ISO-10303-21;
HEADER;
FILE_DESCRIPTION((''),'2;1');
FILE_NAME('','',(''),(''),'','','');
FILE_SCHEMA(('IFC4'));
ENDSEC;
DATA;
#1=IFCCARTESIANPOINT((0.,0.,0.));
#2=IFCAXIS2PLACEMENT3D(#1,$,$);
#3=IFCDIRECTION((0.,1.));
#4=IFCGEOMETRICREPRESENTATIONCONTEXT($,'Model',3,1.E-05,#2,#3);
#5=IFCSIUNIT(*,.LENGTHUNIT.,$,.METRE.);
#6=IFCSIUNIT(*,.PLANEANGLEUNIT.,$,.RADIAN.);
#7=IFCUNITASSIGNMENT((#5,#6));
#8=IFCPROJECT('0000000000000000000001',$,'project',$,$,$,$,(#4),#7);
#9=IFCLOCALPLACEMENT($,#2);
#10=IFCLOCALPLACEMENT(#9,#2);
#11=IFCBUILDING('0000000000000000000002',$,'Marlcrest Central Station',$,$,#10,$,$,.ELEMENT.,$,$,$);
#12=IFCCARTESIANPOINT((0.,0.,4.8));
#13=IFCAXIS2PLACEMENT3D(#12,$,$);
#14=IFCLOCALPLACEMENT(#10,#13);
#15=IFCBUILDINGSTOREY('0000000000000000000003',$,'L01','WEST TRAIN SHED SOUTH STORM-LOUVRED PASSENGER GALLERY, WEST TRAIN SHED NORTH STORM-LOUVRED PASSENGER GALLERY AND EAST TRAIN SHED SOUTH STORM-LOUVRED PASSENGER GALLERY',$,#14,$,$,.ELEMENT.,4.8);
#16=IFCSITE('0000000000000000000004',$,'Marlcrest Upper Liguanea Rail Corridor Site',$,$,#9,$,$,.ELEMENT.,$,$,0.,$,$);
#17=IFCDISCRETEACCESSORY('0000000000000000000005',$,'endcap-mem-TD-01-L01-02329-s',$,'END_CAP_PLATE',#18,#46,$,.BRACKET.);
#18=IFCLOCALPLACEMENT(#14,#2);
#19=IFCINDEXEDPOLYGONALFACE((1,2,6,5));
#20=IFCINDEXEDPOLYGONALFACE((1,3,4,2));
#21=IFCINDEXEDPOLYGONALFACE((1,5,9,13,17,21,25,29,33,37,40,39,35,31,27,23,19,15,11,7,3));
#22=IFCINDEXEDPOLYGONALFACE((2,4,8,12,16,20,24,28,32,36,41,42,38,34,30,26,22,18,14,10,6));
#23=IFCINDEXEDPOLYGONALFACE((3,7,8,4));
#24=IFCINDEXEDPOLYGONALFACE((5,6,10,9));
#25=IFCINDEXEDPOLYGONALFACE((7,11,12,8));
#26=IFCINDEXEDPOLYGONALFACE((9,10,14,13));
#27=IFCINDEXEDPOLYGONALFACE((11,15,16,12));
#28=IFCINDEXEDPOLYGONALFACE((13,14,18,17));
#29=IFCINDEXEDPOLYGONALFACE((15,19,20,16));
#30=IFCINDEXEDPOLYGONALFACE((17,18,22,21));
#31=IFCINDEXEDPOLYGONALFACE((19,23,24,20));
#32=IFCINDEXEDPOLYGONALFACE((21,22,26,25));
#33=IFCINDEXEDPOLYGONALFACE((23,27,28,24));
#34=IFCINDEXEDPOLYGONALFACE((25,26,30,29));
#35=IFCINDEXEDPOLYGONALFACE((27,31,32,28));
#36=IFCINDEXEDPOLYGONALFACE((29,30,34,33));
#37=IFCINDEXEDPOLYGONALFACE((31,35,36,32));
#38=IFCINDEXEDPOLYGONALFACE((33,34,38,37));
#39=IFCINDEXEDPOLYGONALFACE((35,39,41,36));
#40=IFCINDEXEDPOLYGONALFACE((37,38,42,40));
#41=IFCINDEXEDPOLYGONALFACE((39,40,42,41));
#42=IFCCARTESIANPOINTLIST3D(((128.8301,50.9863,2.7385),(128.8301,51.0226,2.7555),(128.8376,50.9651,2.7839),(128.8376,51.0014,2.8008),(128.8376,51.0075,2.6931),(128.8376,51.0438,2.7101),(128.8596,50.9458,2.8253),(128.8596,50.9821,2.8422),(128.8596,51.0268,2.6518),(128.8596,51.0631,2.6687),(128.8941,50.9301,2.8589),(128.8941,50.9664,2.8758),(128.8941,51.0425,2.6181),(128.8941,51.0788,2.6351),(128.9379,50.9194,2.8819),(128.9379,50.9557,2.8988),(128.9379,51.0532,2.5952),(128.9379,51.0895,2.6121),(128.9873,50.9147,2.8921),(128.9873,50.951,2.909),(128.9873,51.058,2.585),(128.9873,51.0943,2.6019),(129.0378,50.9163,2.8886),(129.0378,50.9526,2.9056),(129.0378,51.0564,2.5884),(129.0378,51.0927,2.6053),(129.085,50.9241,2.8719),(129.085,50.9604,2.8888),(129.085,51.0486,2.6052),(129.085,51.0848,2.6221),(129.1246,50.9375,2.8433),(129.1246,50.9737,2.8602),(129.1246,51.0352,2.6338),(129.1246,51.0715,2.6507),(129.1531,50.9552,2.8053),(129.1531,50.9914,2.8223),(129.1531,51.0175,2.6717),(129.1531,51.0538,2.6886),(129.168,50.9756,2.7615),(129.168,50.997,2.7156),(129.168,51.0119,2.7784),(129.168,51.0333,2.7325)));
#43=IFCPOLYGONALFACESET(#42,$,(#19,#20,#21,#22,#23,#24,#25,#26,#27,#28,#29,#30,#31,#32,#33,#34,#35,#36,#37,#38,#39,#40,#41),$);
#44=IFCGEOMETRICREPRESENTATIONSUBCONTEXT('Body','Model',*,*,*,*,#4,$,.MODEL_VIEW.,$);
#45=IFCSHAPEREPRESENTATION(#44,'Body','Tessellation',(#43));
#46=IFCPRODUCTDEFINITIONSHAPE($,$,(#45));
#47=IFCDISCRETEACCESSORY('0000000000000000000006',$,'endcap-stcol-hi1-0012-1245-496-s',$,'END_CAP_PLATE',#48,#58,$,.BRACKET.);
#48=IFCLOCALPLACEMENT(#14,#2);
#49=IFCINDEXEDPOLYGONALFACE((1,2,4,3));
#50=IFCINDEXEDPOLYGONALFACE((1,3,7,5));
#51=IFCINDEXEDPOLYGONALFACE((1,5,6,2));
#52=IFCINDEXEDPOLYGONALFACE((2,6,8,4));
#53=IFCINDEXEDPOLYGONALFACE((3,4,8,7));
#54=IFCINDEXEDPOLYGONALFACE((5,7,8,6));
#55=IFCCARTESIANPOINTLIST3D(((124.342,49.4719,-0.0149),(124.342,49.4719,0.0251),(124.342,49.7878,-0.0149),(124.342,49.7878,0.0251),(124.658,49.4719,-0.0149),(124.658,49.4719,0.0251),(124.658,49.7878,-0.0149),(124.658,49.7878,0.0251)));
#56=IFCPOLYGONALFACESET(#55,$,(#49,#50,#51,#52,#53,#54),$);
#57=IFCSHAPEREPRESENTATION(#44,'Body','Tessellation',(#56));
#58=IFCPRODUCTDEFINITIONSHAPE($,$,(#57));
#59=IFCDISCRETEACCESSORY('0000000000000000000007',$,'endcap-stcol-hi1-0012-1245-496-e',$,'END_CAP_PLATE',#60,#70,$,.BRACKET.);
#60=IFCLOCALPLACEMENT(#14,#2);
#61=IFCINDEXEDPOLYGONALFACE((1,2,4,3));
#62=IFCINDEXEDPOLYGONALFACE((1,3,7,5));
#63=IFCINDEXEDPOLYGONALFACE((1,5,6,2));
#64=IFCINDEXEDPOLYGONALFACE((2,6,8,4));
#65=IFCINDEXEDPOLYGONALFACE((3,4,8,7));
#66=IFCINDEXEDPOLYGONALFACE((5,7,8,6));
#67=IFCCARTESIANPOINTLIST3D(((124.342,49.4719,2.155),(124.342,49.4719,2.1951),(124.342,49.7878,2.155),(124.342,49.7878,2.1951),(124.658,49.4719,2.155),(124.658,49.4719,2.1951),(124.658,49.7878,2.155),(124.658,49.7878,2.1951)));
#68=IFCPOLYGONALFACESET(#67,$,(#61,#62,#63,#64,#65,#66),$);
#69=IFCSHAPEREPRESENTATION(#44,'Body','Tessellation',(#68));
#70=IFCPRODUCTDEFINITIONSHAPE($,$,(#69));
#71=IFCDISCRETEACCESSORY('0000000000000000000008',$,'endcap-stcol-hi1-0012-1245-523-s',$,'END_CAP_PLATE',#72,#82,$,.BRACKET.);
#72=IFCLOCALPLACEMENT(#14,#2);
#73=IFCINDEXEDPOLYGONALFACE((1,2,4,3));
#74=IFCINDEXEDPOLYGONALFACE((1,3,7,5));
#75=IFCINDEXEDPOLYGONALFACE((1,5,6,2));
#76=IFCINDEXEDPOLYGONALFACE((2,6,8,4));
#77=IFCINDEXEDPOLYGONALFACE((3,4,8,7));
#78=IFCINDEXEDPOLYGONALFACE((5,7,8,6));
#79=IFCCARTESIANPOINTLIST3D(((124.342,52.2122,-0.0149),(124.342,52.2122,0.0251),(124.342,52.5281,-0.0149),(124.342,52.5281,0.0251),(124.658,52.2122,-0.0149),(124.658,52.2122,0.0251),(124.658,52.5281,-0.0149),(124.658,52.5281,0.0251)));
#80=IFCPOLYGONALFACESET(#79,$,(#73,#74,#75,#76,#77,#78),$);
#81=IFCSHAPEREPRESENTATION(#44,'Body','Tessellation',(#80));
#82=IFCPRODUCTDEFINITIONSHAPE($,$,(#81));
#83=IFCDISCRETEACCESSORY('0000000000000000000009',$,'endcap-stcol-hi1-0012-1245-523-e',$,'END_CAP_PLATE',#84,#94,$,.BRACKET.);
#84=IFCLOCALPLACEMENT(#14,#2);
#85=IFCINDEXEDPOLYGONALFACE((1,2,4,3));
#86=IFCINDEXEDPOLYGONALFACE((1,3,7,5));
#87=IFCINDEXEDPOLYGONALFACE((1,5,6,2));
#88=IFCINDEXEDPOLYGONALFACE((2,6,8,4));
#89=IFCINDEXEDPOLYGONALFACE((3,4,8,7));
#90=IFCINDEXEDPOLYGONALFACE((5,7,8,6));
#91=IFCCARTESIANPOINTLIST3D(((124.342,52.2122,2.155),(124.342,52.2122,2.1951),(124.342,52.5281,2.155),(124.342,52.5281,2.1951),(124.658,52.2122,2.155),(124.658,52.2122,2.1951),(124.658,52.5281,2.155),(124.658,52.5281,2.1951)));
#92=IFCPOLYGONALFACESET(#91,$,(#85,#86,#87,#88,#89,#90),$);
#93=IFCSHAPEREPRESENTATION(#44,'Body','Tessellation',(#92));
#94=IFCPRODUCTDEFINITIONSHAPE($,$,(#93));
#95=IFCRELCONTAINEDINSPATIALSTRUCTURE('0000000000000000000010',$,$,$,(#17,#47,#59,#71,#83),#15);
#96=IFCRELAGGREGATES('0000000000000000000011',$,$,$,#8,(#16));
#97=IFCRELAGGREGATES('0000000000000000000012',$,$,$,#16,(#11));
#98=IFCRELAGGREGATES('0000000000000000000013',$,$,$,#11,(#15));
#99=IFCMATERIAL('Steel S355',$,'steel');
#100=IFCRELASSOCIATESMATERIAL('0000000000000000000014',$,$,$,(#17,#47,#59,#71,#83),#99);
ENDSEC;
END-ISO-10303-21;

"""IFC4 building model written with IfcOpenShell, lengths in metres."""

from ifc_helpers import new_model, si_unit, direction, frame, origin, origin_2d, place, context, subcontext, project, spatial, rectangle, circle, extrude, material, element, save


model = new_model("IFC4")

# Units and contexts
model_context = context("Model", 3, precision=1e-05, world=origin(), true_north=direction((0.0, 1.0)))
body_context = subcontext(model_context, "Body", "Model", "MODEL_VIEW")
ifc_project = project(units=[si_unit("LENGTHUNIT", "METRE"), si_unit("PLANEANGLEUNIT", "RADIAN")], contexts=[model_context])

# Site, building, storey
site_placement = place(None, origin())
site = spatial("IfcSite", under=ifc_project, at=site_placement, Name="Marlcrest Upper Liguanea Rail Corridor Site", CompositionType="ELEMENT", RefElevation=0.0)
building_placement = place(site_placement, origin())
building = spatial("IfcBuilding", under=site, at=building_placement, Name="Marlcrest Central Station", CompositionType="ELEMENT")
storey_placement = place(building_placement, frame((0.0, 0.0, 4.8)))
storey = spatial("IfcBuildingStorey", under=building, at=storey_placement, Name="L01", Description="WEST TRAIN SHED SOUTH STORM-LOUVRED PASSENGER GALLERY, WEST TRAIN SHED NORTH STORM-LOUVRED PASSENGER GALLERY AND EAST TRAIN SHED SOUTH STORM-LOUVRED PASSENGER GALLERY", CompositionType="ELEMENT", Elevation=4.8)

# Shared definitions
ifc_material = material(Name="Steel S355", Category="steel")

# Discrete accessories
for number, where, z_axis, x_axis, name in (
    (1, (129.0, 50.9863, 2.7385), (0.0, 0.906183, 0.422885), (-1.0, 0.0, 0.0), "endcap-mem-TD-01-L01-02329-s"),
):
    element("IfcDiscreteAccessory", number, at=place(storey_placement, frame(where, z_axis=z_axis, x_axis=x_axis)), inside=storey, material=ifc_material, Name=name, ObjectType="END_CAP_PLATE", PredefinedType="BRACKET", context=body_context, shape_type="SweptSolid", body=[
        extrude(circle(Radius=0.1699, at=origin_2d()), origin(), (0.0, 0.0, 1.0), 0.04),
    ])
for number, where, z_axis, x_axis, name in (
    (2, (124.5, 49.6299, -0.0149), (0.0, 0.0, 1.0), (1.0, 0.0, 0.0), "endcap-stcol-hi1-0012-1245-496-s"),
    (3, (124.5, 49.6299, 2.155), (0.0, 0.0, 1.0), (1.0, 0.0, 0.0), "endcap-stcol-hi1-0012-1245-496-e"),
    (4, (124.5, 52.3701, -0.0149), (0.0, 0.0, 1.0), (1.0, 0.0, 0.0), "endcap-stcol-hi1-0012-1245-523-s"),
    (5, (124.5, 52.3701, 2.155), (0.0, 0.0, 1.0), (1.0, 0.0, 0.0), "endcap-stcol-hi1-0012-1245-523-e"),
):
    element("IfcDiscreteAccessory", number, at=place(storey_placement, frame(where, z_axis=z_axis, x_axis=x_axis)), inside=storey, material=ifc_material, Name=name, ObjectType="END_CAP_PLATE", PredefinedType="BRACKET", context=body_context, shape_type="SweptSolid", body=[
        extrude(rectangle(XDim=0.3159, YDim=0.3159, at=origin_2d()), origin(), (0.0, 0.0, 1.0), 0.04),
    ])

save(model, "model.ifc")
